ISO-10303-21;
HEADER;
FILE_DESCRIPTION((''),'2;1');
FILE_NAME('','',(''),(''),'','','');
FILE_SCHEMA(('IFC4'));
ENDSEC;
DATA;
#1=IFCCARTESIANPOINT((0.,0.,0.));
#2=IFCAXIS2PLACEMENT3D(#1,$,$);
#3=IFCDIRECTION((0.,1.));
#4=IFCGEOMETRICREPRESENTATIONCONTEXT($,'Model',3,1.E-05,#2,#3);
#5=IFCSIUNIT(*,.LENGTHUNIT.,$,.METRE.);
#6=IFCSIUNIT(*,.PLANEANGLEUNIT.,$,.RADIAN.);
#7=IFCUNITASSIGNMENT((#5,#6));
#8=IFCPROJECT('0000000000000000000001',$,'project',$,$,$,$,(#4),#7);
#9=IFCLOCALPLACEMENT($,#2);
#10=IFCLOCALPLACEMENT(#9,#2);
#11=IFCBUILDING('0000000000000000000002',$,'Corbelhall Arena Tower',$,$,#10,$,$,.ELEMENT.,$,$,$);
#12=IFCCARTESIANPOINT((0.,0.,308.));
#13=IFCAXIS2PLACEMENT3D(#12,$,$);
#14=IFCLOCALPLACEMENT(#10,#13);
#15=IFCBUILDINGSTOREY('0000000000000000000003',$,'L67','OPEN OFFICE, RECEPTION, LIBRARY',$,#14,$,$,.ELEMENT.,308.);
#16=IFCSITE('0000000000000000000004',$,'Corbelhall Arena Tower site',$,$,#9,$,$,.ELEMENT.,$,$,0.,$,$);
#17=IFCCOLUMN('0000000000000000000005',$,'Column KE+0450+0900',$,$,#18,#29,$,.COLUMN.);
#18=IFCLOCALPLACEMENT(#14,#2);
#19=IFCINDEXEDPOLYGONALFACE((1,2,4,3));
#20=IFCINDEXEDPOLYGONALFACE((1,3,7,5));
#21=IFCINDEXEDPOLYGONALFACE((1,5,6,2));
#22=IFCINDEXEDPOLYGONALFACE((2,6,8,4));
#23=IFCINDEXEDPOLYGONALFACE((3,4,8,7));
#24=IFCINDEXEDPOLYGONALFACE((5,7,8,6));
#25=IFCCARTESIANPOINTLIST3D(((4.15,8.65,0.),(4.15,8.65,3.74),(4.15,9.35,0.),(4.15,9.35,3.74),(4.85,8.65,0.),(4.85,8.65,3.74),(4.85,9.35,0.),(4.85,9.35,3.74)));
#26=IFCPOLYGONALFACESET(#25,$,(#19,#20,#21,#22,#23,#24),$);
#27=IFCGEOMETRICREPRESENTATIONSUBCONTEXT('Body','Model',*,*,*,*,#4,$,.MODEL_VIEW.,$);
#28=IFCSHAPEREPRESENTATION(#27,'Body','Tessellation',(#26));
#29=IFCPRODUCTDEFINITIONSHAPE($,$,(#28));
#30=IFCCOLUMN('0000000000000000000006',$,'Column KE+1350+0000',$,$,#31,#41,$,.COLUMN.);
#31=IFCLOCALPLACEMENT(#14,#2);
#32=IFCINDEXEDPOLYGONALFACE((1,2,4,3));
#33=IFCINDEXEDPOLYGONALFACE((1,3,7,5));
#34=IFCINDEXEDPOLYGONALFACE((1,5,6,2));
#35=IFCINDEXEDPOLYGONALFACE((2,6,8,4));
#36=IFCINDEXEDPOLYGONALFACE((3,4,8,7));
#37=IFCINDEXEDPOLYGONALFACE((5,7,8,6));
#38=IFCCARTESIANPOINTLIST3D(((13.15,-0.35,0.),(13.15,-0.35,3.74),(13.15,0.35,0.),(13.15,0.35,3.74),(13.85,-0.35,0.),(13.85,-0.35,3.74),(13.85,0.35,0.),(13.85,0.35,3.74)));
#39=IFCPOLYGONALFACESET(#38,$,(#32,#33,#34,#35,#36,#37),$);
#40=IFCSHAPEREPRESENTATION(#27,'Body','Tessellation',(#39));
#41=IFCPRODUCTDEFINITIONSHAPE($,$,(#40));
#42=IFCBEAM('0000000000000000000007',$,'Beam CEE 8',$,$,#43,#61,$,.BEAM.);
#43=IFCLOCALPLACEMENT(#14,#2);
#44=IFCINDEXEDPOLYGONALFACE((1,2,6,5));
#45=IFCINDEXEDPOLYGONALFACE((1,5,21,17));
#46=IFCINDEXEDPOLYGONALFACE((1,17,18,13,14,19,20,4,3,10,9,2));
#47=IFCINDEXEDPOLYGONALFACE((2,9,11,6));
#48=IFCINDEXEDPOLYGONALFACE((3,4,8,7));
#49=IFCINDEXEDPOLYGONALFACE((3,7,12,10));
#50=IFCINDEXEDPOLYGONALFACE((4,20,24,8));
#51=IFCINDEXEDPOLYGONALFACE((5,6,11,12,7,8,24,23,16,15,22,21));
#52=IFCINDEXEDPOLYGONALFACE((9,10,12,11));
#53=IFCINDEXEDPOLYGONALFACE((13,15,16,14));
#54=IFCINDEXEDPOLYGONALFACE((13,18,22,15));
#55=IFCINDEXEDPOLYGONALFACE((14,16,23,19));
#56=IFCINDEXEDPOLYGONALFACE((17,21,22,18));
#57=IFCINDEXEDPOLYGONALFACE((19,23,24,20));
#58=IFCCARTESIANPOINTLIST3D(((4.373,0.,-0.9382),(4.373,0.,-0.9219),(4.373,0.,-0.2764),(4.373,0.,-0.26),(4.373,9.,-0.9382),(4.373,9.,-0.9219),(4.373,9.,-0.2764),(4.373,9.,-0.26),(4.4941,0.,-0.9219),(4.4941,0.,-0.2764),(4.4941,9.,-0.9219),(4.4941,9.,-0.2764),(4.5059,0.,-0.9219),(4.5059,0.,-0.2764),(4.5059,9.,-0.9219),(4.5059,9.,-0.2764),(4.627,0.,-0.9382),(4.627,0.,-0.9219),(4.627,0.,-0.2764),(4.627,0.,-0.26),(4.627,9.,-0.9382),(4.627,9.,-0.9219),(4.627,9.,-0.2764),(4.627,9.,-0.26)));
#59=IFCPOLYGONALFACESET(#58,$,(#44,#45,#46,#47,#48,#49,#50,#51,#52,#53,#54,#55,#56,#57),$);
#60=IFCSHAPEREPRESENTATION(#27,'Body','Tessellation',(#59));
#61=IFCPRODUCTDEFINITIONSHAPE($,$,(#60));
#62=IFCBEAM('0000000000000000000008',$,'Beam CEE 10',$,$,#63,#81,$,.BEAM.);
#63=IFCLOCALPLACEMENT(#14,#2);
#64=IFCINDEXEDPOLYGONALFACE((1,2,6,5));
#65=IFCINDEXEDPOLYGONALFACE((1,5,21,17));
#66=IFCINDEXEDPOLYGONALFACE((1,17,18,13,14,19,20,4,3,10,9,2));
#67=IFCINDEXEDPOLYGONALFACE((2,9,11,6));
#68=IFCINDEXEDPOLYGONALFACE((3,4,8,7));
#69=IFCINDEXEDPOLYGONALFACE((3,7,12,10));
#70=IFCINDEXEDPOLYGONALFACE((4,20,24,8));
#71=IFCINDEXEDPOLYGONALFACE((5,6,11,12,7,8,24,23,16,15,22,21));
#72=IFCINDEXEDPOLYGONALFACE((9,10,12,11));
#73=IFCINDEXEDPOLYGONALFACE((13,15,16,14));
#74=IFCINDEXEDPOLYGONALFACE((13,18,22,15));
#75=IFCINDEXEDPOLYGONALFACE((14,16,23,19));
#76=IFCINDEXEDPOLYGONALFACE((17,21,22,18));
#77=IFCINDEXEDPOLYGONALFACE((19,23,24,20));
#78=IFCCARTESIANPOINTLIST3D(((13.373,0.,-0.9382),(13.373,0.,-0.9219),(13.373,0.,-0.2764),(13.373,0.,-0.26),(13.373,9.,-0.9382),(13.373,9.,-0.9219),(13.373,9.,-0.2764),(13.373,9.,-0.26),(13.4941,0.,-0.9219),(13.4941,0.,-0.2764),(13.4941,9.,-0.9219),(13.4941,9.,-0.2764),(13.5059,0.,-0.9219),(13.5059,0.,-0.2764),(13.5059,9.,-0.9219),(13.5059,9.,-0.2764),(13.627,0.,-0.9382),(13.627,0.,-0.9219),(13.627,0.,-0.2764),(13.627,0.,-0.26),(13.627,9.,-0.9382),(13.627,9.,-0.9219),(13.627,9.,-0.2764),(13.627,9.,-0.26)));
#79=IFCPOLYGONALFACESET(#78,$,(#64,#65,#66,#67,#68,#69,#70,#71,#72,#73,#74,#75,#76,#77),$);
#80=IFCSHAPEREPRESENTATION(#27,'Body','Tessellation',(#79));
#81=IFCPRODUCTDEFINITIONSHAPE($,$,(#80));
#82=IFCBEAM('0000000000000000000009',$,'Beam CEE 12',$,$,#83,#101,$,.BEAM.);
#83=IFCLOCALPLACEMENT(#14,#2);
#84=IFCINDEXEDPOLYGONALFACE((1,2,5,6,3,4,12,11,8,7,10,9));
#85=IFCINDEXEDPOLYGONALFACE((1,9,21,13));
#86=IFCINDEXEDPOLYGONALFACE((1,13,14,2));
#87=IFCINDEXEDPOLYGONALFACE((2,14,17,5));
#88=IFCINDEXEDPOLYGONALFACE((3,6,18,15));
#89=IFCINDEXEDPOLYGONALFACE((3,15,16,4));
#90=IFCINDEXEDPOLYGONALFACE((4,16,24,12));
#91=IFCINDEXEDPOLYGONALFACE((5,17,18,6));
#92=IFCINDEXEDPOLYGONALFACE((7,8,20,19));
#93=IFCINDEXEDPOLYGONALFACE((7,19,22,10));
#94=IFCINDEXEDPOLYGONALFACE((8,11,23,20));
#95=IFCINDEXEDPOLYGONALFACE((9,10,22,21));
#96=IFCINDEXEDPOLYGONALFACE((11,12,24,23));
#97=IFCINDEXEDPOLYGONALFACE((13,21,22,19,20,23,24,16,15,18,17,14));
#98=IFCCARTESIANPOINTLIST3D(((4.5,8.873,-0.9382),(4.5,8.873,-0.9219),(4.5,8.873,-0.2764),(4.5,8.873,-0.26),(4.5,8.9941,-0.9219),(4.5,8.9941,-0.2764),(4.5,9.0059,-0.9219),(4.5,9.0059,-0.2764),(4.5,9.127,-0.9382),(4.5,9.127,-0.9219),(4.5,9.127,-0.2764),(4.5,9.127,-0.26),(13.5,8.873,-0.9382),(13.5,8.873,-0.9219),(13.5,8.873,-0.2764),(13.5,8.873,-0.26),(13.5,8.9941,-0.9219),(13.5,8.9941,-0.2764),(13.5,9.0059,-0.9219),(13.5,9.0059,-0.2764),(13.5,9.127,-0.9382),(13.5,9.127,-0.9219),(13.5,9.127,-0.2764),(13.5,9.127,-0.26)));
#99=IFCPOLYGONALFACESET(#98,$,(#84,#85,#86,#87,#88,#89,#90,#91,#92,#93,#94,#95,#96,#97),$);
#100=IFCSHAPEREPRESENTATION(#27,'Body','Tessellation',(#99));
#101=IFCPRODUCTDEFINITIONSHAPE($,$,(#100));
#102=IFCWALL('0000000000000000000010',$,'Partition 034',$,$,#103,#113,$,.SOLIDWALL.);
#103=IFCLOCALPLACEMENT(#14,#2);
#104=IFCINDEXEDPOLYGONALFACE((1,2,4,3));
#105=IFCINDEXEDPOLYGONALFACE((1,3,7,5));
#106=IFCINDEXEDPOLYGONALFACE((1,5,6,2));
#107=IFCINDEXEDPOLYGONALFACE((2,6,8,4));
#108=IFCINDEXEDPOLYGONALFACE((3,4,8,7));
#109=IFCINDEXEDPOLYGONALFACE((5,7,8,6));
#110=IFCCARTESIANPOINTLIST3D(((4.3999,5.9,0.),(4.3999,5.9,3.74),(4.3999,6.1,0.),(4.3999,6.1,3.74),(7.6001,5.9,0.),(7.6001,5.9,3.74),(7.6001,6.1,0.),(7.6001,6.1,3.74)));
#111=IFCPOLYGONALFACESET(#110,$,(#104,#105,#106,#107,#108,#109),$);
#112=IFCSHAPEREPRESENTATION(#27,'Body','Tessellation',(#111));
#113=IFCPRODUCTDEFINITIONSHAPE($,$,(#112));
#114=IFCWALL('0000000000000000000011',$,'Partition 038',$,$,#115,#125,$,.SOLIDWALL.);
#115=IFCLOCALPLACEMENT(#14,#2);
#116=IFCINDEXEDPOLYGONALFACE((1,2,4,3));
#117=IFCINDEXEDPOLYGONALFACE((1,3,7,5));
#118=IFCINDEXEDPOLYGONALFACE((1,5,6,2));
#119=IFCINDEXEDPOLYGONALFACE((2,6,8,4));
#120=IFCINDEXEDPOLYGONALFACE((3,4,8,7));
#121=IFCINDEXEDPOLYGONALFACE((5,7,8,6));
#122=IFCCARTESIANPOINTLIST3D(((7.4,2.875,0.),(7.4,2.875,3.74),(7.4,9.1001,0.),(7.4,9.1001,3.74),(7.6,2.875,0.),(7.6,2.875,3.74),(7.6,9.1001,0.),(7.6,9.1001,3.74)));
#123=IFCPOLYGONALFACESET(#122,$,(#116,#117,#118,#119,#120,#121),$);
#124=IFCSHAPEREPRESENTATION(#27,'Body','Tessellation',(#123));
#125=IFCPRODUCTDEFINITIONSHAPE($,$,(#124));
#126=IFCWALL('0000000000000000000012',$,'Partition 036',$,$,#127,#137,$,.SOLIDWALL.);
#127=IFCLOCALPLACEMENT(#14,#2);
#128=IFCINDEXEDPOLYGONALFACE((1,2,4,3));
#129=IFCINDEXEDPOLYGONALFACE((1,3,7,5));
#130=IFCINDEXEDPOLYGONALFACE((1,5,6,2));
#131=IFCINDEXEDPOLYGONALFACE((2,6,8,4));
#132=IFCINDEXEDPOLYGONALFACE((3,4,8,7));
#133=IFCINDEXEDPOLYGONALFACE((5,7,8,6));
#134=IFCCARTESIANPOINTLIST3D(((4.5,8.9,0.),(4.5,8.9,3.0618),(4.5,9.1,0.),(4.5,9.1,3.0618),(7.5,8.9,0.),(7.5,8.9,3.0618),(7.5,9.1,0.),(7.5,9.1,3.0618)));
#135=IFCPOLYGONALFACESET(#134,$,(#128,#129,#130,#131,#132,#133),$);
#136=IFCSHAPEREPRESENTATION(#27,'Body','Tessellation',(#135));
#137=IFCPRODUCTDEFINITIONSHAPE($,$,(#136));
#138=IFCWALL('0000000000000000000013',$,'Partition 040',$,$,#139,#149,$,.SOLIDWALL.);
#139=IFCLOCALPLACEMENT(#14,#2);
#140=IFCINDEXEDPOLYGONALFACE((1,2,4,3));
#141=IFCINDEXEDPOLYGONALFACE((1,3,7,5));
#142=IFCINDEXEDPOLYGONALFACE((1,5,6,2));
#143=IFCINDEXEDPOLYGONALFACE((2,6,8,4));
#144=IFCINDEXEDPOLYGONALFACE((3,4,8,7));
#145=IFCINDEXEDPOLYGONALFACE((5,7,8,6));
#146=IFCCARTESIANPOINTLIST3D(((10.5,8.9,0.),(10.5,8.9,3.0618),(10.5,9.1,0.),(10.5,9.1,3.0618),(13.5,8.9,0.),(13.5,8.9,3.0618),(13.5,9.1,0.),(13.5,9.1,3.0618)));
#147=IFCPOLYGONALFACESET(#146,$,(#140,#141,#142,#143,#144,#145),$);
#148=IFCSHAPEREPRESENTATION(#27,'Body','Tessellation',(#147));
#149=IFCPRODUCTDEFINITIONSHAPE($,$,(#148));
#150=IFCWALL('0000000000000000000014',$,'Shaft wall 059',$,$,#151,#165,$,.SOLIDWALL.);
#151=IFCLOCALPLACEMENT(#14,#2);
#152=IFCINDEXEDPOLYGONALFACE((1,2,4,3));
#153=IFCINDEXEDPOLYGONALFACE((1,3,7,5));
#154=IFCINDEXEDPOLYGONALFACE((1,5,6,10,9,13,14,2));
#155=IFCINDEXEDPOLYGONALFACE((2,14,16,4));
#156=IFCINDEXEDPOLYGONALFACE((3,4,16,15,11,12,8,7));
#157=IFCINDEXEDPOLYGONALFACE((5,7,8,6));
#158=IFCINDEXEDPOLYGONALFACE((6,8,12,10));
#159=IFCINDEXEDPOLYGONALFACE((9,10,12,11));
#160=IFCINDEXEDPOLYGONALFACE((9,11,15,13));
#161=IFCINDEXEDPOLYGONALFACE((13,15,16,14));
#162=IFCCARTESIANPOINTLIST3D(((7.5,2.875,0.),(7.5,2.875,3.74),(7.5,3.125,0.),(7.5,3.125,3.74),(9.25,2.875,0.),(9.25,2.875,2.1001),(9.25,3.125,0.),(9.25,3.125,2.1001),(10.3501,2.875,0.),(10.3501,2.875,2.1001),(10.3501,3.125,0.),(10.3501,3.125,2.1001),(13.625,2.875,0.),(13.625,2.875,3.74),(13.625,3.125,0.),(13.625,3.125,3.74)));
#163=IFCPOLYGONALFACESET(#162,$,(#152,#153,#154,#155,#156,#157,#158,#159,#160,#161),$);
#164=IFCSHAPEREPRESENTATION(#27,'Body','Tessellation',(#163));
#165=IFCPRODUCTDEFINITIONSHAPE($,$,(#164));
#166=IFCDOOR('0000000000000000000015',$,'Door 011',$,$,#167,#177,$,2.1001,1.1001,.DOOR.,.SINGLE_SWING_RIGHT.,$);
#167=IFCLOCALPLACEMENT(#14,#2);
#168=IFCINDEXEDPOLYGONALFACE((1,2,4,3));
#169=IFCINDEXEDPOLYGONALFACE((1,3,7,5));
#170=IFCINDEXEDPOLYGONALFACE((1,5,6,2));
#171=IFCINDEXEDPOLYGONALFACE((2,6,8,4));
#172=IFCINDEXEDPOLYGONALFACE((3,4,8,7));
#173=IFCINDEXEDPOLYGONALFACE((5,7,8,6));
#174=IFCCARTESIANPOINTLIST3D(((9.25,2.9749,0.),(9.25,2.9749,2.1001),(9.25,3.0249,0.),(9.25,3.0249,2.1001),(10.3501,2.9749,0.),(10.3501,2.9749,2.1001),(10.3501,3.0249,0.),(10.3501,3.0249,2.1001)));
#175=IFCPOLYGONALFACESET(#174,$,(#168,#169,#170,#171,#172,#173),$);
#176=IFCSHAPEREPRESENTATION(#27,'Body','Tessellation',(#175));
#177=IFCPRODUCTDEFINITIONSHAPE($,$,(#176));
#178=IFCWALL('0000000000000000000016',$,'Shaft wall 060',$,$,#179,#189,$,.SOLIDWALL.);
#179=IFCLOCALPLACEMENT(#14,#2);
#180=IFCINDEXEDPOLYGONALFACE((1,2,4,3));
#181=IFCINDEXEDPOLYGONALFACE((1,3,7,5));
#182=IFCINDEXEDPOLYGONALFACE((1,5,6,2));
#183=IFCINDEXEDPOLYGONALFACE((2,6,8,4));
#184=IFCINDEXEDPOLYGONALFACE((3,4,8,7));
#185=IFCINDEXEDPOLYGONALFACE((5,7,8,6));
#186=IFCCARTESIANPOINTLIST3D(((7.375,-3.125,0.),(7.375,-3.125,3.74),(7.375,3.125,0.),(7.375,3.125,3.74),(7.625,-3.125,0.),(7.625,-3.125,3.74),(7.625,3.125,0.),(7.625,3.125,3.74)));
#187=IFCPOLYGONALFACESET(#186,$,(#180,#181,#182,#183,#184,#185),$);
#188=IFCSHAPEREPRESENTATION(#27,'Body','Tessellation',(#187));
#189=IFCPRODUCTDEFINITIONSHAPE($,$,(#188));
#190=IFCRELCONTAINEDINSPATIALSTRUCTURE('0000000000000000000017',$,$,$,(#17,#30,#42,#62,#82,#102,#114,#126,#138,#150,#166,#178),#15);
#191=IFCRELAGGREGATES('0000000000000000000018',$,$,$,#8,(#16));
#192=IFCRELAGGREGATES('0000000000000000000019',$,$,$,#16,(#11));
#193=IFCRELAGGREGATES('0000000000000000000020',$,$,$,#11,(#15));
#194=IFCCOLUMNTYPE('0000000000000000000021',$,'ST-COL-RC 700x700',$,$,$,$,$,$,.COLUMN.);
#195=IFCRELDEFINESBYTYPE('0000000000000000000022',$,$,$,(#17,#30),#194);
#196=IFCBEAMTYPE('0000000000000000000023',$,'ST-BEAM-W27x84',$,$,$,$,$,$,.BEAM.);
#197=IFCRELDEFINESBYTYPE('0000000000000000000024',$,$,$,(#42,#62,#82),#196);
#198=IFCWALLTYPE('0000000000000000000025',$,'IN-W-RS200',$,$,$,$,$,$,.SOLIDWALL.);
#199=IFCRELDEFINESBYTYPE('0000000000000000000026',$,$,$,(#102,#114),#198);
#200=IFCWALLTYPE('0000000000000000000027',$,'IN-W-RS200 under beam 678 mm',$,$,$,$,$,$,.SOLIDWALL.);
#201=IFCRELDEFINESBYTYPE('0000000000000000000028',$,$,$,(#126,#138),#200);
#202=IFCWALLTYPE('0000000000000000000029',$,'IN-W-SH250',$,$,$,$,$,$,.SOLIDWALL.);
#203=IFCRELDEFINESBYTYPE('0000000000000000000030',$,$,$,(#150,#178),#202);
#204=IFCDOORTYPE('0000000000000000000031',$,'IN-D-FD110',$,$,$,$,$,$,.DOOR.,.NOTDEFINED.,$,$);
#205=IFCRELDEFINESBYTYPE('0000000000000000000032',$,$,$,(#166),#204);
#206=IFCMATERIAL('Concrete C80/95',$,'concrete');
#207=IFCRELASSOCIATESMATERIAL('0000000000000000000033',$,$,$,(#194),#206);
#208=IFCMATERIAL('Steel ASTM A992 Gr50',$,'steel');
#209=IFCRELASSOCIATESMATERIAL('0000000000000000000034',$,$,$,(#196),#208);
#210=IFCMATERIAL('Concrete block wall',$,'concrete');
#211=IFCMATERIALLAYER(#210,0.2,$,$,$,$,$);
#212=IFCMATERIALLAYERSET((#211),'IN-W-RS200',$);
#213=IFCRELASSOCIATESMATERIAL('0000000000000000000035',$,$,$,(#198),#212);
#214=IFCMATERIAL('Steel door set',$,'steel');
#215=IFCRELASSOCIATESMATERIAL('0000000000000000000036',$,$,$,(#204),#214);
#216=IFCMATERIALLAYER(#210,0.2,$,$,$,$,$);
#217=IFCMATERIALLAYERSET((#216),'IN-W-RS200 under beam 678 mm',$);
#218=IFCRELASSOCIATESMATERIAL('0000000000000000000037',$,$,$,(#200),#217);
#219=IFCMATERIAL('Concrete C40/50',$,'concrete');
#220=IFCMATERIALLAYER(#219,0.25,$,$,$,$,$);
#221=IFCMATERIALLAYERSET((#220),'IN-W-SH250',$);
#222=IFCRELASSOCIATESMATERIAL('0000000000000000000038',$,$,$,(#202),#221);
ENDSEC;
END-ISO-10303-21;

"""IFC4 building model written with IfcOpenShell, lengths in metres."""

from ifc_helpers import new_model, si_unit, direction, frame, frame_2d, origin, origin_2d, place, context, subcontext, project, spatial, rectangle, i_section, extrude, material, layer, layer_set, material_profile, profile_set, type_object, element, fill, save


model = new_model("IFC4")

# Units and contexts
model_context = context("Model", 3, precision=1e-05, world=origin(), true_north=direction((0.0, 1.0)))
body_context = subcontext(model_context, "Body", "Model", "MODEL_VIEW")
ifc_project = project(units=[si_unit("LENGTHUNIT", "METRE"), si_unit("PLANEANGLEUNIT", "RADIAN")], contexts=[model_context])

# Site, building, storey
site_placement = place(None, origin())
site = spatial("IfcSite", under=ifc_project, at=site_placement, Name="Corbelhall Arena Tower site", CompositionType="ELEMENT", RefElevation=0.0)
building_placement = place(site_placement, origin())
building = spatial("IfcBuilding", under=site, at=building_placement, Name="Corbelhall Arena Tower", CompositionType="ELEMENT")
storey_placement = place(building_placement, frame((0.0, 0.0, 308.0)))
storey = spatial("IfcBuildingStorey", under=building, at=storey_placement, Name="L67", Description="OPEN OFFICE, RECEPTION, LIBRARY", CompositionType="ELEMENT", Elevation=308.0)

# Columns
ifc_material_1 = material(Name="Concrete C80/95", Category="concrete")
ifc_material_profile_1 = material_profile(ifc_material_1, rectangle(XDim=0.7, YDim=0.7, at=origin_2d()))
ifc_profile_set_1 = profile_set([ifc_material_profile_1], Name="Concrete C80/95")
column_type = type_object("IfcColumnType", Name="ST-COL-RC 700x700", PredefinedType="COLUMN", material=ifc_profile_set_1)
for number, where, z_axis, x_axis, name in (
    (1, (4.5, 9.0, 0.0), (0.0, 0.0, 1.0), (1.0, 0.0, 0.0), "Column KE+0450+0900"),
    (2, (13.5, 0.0, 0.0), (0.0, 0.0, 1.0), (1.0, 0.0, 0.0), "Column KE+1350+0000"),
):
    element("IfcColumn", number, at=place(storey_placement, frame(where, z_axis=z_axis, x_axis=x_axis)), inside=storey, type_object=column_type, Name=name, PredefinedType="COLUMN", context=body_context, shape_type="SweptSolid", body=[
        extrude(rectangle(XDim=0.7, YDim=0.7, at=origin_2d()), origin(), (0.0, 0.0, 1.0), 3.74),
    ])

# Beams
ifc_material_2 = material(Name="Steel ASTM A992 Gr50", Category="steel")
ifc_material_profile_2 = material_profile(ifc_material_2, i_section(OverallWidth=0.2539, OverallDepth=0.6782, WebThickness=0.0117, FlangeThickness=0.0164, at=origin_2d()))
ifc_profile_set_2 = profile_set([ifc_material_profile_2], Name="Steel ASTM A992 Gr50")
beam_type = type_object("IfcBeamType", Name="ST-BEAM-W27x84", PredefinedType="BEAM", material=ifc_profile_set_2)
for number, where, z_axis, x_axis, name in (
    (3, (4.5, 0.0, -0.5991), (0.0, 1.0, 0.0), (-1.0, 0.0, 0.0), "Beam CEE 8"),
    (4, (13.5, 0.0, -0.5991), (0.0, 1.0, 0.0), (-1.0, 0.0, 0.0), "Beam CEE 10"),
    (5, (4.5, 9.0, -0.5991), (1.0, 0.0, 0.0), (0.0, 1.0, 0.0), "Beam CEE 12"),
):
    element("IfcBeam", number, at=place(storey_placement, frame(where, z_axis=z_axis, x_axis=x_axis)), inside=storey, type_object=beam_type, Name=name, PredefinedType="BEAM", context=body_context, shape_type="SweptSolid", body=[
        extrude(i_section(OverallWidth=0.2539, OverallDepth=0.6782, WebThickness=0.0117, FlangeThickness=0.0164, at=origin_2d()), origin(), (0.0, 0.0, 1.0), 9.0),
    ])

# Walls
ifc_material_3 = material(Name="Concrete block wall", Category="concrete")
ifc_layer_1 = layer(ifc_material_3, 0.2)
ifc_layer_set_1 = layer_set([ifc_layer_1], Name="IN-W-RS200")
wall_type_1 = type_object("IfcWallType", Name="IN-W-RS200", PredefinedType="SOLIDWALL", material=ifc_layer_set_1)
wall_1_placement = place(storey_placement, frame((4.3999, 6.0, 0.0), z_axis=(0.0, 0.0, 1.0), x_axis=(1.0, 0.0, 0.0)))
element("IfcWall", 6, at=wall_1_placement, inside=storey, type_object=wall_type_1, Name="Partition 034", PredefinedType="SOLIDWALL", context=body_context, shape_type="SweptSolid", body=[
    extrude(rectangle(XDim=3.2002, YDim=0.2, at=frame_2d((1.6001, 0.0))), origin(), (0.0, 0.0, 1.0), 3.74),
])
wall_2_placement = place(storey_placement, frame((7.5, 9.1001, 0.0), z_axis=(0.0, 0.0, 1.0), x_axis=(0.0, -1.0, 0.0)))
element("IfcWall", 7, at=wall_2_placement, inside=storey, type_object=wall_type_1, Name="Partition 038", PredefinedType="SOLIDWALL", context=body_context, shape_type="SweptSolid", body=[
    extrude(rectangle(XDim=6.2251, YDim=0.2, at=frame_2d((3.1125, 0.0))), origin(), (0.0, 0.0, 1.0), 3.74),
])

# Shared definitions
ifc_material_4 = material(Name="Steel door set", Category="steel")
door_type_1 = type_object("IfcDoorType", Name="IN-D-FD110", OperationType="NOTDEFINED", PredefinedType="DOOR", material=ifc_material_4)

# Walls
ifc_layer_2 = layer(ifc_material_3, 0.2)
ifc_layer_set_2 = layer_set([ifc_layer_2], Name="IN-W-RS200 under beam 678 mm")
wall_type_2 = type_object("IfcWallType", Name="IN-W-RS200 under beam 678 mm", PredefinedType="SOLIDWALL", material=ifc_layer_set_2)
for number, where, z_axis, x_axis, name in (
    (8, (4.5, 9.0, 0.0), (0.0, 0.0, 1.0), (1.0, 0.0, 0.0), "Partition 036"),
    (9, (10.5, 9.0, 0.0), (0.0, 0.0, 1.0), (1.0, 0.0, 0.0), "Partition 040"),
):
    element("IfcWall", number, at=place(storey_placement, frame(where, z_axis=z_axis, x_axis=x_axis)), inside=storey, type_object=wall_type_2, Name=name, PredefinedType="SOLIDWALL", context=body_context, shape_type="SweptSolid", body=[
        extrude(rectangle(XDim=3.0, YDim=0.2, at=frame_2d((1.5, 0.0))), origin(), (0.0, 0.0, 1.0), 3.0618),
    ])

# Wall, opening, door
ifc_material_5 = material(Name="Concrete C40/50", Category="concrete")
ifc_layer_3 = layer(ifc_material_5, 0.25)
ifc_layer_set_3 = layer_set([ifc_layer_3], Name="IN-W-SH250")
wall_type_3 = type_object("IfcWallType", Name="IN-W-SH250", PredefinedType="SOLIDWALL", material=ifc_layer_set_3)
wall_3_placement = place(storey_placement, frame((7.5, 3.0, 0.0), z_axis=(0.0, 0.0, 1.0), x_axis=(1.0, 0.0, 0.0)))
wall_3 = element("IfcWall", 10, at=wall_3_placement, inside=storey, type_object=wall_type_3, Name="Shaft wall 059", PredefinedType="SOLIDWALL", context=body_context, shape_type="SweptSolid", body=[
    extrude(rectangle(XDim=6.125, YDim=0.25, at=frame_2d((3.0625, 0.0))), origin(), (0.0, 0.0, 1.0), 3.74),
])
opening_1_placement = place(wall_3_placement, frame((1.75, 0.0, 0.0)))
opening_1 = element("IfcOpeningElement", 11, at=opening_1_placement, cuts=wall_3, PredefinedType="OPENING", context=body_context, shape_type="SweptSolid", body=[
    extrude(rectangle(XDim=1.1001, YDim=2.1001, at=frame_2d((0.55, 1.05))), frame((0.0, 0.125, 0.0), z_axis=(0.0, -1.0, 0.0), x_axis=(1.0, 0.0, 0.0)), (0.0, 0.0, 1.0), 0.25),
])
door_1_placement = place(opening_1_placement, origin())
door_1 = element("IfcDoor", 12, at=door_1_placement, inside=storey, type_object=door_type_1, Name="Door 011", OperationType="SINGLE_SWING_RIGHT", OverallHeight=2.1001, OverallWidth=1.1001, PredefinedType="DOOR", context=body_context, shape_type="SweptSolid", body=[
    extrude(rectangle(XDim=1.1001, YDim=2.1001, at=frame_2d((0.55, 1.05))), frame((0.0, 0.0249, 0.0), z_axis=(0.0, -1.0, 0.0), x_axis=(1.0, 0.0, 0.0)), (0.0, 0.0, 1.0), 0.05),
])
fill(opening_1, door_1)

# Wall
wall_4_placement = place(storey_placement, frame((7.5, 3.125, 0.0), z_axis=(0.0, 0.0, 1.0), x_axis=(0.0, -1.0, 0.0)))
element("IfcWall", 13, at=wall_4_placement, inside=storey, type_object=wall_type_3, Name="Shaft wall 060", PredefinedType="SOLIDWALL", context=body_context, shape_type="SweptSolid", body=[
    extrude(rectangle(XDim=6.25, YDim=0.25, at=frame_2d((3.125, 0.0))), origin(), (0.0, 0.0, 1.0), 3.74),
])

save(model, "model.ifc")
